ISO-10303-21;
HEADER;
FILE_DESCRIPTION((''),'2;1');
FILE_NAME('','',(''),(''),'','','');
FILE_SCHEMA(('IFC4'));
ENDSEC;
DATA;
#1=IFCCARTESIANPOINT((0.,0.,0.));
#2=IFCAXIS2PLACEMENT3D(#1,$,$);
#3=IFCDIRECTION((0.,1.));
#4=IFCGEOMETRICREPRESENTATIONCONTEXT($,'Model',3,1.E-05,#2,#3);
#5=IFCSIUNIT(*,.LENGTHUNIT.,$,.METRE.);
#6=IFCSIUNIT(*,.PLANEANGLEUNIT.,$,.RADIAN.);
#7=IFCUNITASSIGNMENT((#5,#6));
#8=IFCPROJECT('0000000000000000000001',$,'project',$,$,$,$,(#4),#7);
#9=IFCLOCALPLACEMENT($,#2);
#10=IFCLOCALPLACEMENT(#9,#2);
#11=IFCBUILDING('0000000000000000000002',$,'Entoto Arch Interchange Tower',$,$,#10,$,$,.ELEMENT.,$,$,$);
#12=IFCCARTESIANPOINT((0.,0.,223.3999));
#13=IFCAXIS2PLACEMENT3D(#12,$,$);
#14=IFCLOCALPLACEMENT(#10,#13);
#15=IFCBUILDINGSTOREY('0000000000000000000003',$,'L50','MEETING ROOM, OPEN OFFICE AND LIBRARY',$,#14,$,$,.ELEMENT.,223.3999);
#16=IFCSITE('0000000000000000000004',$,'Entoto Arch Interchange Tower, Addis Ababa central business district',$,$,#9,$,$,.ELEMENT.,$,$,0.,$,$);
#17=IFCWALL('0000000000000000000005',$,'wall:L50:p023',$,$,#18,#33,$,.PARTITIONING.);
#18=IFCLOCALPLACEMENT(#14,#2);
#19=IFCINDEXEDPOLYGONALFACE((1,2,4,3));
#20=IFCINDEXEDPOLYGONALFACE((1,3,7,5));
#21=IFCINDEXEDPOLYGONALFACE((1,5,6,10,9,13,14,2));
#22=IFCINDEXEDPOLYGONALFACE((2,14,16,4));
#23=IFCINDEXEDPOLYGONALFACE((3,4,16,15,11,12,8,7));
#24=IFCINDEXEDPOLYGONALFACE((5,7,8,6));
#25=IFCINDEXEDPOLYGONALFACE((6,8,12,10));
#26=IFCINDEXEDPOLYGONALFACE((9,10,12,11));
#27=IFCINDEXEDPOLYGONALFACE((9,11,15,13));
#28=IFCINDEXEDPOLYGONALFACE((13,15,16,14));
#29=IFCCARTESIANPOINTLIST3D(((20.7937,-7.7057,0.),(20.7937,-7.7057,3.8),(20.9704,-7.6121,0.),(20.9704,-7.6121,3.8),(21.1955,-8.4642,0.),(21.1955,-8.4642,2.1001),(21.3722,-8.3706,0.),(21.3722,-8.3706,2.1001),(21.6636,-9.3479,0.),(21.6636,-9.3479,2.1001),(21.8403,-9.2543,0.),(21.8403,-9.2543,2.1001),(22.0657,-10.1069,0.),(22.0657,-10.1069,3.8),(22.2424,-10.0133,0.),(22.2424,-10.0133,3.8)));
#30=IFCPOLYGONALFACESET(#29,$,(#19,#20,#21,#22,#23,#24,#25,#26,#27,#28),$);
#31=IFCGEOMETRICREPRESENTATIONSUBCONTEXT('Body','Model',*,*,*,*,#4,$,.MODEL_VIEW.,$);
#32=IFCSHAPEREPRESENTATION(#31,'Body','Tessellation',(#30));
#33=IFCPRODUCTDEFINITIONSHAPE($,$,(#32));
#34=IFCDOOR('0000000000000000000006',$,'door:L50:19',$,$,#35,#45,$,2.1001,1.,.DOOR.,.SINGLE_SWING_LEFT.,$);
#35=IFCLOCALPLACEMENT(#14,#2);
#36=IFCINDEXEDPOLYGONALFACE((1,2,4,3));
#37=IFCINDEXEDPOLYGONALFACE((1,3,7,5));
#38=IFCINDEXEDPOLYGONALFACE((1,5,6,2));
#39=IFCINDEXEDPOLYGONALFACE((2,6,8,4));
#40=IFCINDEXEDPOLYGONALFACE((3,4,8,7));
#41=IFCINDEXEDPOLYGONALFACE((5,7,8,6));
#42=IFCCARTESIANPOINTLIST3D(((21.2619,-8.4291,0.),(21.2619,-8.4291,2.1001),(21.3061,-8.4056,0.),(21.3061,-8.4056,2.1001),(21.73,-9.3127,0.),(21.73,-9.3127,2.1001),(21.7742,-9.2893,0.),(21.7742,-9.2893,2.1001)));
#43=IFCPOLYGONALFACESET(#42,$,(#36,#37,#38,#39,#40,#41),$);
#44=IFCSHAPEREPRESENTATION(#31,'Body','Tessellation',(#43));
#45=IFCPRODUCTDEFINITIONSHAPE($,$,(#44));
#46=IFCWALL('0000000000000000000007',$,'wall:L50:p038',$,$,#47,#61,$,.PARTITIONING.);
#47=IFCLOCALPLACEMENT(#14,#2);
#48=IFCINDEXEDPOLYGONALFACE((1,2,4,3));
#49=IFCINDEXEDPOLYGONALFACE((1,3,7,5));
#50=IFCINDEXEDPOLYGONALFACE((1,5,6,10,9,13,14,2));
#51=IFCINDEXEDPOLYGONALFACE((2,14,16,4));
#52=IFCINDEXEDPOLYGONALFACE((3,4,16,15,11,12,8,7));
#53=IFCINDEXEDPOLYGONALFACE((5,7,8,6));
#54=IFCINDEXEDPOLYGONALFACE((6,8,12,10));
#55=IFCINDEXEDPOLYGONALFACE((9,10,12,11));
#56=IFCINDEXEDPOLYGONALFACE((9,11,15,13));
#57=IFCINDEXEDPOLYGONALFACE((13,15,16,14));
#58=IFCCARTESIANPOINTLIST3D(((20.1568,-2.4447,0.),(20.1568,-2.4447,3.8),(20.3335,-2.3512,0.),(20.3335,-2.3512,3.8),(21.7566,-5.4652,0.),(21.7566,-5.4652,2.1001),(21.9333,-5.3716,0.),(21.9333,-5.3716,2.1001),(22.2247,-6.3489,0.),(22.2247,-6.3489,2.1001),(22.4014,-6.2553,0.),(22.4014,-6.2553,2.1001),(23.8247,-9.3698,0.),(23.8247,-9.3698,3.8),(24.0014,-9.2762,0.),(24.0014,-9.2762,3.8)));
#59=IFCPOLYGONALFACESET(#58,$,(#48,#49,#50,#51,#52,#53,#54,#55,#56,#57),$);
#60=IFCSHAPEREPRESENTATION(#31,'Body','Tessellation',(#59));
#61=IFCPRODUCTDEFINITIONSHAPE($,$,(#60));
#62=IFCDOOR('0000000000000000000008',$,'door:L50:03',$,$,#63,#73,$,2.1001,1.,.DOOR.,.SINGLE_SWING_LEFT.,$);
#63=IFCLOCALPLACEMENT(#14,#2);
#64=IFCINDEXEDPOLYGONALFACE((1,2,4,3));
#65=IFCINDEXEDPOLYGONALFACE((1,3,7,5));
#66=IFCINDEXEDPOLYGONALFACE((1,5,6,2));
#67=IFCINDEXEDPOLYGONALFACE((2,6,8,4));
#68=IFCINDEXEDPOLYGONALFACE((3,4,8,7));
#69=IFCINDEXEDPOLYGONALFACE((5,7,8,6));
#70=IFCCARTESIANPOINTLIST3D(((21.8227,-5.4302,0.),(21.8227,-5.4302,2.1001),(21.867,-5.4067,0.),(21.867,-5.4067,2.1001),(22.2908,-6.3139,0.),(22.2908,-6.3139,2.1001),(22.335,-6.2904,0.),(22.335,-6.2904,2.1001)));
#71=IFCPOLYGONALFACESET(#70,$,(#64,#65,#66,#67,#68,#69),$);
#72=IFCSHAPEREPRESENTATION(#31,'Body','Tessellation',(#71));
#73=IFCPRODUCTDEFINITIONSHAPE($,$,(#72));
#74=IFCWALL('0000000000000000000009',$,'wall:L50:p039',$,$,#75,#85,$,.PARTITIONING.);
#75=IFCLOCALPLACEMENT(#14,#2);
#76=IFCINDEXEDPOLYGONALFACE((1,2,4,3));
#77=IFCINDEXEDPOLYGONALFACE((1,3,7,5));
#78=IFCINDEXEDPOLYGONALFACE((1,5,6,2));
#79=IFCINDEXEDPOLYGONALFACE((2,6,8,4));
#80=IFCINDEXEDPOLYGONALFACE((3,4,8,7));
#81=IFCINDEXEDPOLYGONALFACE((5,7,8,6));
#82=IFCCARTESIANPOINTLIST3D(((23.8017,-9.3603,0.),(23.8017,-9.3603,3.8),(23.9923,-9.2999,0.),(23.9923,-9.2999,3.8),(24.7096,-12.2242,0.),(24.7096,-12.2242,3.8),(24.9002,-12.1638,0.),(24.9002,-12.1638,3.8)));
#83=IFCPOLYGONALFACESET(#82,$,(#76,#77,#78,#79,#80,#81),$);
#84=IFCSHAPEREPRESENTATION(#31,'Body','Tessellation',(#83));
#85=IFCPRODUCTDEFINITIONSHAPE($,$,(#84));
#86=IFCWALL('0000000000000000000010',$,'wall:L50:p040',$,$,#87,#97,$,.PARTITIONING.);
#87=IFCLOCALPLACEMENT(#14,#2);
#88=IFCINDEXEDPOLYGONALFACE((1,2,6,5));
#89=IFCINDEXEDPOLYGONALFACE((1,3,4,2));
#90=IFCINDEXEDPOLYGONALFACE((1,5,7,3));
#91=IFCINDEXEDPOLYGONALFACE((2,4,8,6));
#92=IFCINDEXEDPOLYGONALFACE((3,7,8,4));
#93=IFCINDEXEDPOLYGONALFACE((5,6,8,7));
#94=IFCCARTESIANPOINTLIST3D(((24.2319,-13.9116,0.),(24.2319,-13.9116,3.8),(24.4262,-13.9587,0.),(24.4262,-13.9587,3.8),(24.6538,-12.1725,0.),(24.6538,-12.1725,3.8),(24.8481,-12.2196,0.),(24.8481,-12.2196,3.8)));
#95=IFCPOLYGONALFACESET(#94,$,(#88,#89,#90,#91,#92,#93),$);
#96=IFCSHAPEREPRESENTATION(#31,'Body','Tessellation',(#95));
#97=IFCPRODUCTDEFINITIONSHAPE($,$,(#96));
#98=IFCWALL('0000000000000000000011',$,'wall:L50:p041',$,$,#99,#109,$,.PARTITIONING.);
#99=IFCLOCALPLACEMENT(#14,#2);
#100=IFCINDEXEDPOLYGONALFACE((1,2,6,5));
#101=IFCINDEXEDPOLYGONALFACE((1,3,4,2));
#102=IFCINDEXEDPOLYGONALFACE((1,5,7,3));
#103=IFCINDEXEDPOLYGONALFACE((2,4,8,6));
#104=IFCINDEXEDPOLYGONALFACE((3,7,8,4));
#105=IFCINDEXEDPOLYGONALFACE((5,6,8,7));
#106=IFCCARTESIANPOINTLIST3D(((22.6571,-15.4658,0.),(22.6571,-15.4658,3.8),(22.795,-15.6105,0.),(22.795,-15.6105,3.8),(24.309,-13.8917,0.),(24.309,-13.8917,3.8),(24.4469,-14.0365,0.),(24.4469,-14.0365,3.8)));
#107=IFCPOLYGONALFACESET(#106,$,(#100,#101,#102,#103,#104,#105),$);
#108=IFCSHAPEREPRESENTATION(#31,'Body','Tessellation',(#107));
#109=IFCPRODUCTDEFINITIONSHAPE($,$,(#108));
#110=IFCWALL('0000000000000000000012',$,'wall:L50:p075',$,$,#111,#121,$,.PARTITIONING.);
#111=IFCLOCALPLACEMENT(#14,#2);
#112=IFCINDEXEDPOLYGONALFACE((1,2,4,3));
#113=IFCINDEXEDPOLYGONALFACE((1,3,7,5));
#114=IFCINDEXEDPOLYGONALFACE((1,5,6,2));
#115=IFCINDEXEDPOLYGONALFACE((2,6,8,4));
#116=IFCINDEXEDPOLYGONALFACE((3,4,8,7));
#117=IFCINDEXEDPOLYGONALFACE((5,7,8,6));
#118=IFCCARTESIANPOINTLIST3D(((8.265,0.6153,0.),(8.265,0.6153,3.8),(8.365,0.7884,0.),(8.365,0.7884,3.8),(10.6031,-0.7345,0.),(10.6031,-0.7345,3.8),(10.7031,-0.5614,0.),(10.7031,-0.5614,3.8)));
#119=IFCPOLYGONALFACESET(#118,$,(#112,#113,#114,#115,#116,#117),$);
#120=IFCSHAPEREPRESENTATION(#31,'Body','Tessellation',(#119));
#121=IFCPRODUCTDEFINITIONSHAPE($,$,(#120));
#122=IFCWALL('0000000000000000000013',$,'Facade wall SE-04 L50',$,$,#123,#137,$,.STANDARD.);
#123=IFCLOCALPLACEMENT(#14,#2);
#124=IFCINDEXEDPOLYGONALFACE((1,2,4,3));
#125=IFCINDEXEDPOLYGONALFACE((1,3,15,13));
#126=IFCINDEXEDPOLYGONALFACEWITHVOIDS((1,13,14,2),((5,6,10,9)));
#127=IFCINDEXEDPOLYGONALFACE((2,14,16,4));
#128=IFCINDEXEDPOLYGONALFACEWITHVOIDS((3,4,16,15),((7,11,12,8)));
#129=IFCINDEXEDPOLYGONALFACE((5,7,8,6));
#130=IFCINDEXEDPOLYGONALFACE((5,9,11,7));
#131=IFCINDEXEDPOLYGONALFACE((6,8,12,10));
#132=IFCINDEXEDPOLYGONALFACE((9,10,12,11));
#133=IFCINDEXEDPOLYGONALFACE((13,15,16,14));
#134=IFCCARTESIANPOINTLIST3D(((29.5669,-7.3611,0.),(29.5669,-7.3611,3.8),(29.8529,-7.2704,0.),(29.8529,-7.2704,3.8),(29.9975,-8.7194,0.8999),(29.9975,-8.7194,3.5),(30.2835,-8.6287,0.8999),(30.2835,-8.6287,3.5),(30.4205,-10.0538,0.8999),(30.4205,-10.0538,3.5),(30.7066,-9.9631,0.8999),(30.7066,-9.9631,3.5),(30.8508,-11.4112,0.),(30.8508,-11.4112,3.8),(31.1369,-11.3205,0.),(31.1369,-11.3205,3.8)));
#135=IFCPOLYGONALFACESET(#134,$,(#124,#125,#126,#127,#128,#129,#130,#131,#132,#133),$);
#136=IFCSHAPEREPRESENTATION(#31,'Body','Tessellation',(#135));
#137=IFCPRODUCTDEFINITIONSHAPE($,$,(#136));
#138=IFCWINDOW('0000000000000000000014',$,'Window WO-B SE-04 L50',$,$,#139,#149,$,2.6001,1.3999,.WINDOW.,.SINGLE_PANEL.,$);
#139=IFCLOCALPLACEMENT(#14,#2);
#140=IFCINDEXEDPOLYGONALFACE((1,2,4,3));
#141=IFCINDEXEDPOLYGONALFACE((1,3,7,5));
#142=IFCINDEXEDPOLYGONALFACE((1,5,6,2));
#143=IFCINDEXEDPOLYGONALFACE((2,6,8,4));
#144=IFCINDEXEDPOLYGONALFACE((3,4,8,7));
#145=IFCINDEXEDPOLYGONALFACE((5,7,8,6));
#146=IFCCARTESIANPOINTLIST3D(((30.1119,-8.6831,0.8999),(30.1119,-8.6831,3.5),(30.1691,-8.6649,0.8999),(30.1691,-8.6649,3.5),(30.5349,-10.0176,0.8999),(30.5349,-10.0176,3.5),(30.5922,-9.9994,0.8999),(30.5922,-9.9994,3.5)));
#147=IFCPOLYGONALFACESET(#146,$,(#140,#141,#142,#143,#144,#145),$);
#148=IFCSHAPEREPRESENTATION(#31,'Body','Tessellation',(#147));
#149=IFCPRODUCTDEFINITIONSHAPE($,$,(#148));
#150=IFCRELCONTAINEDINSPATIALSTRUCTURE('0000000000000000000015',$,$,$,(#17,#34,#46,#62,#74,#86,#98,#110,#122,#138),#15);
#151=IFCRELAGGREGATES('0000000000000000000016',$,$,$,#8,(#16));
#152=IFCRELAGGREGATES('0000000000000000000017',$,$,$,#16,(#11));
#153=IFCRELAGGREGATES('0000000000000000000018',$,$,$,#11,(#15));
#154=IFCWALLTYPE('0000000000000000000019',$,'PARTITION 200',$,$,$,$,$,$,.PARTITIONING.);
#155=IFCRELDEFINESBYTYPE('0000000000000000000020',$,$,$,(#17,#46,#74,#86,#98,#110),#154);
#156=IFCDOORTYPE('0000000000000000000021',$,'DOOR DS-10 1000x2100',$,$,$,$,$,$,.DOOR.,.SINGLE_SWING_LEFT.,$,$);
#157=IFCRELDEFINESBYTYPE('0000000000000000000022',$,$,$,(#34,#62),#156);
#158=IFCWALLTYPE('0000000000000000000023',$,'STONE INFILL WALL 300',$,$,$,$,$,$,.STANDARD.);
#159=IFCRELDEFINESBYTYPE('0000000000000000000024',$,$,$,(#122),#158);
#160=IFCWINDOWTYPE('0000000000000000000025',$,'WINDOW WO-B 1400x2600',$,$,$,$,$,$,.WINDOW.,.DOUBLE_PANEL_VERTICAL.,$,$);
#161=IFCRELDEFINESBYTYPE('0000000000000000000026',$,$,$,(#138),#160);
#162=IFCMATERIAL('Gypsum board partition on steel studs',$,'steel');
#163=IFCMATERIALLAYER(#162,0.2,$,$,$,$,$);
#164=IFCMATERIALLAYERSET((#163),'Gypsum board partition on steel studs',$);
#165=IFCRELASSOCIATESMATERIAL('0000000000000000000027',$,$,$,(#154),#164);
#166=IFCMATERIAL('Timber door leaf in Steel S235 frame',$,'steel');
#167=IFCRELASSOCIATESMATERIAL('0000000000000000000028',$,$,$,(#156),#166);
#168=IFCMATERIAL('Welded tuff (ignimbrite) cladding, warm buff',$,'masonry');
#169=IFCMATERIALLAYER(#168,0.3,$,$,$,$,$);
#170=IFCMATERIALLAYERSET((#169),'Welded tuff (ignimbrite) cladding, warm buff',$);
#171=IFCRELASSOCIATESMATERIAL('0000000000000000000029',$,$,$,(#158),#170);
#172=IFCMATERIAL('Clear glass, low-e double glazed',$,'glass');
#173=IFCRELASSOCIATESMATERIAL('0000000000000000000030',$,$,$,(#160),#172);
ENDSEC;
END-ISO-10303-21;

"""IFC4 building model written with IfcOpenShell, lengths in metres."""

from ifc_helpers import new_model, si_unit, direction, frame, frame_2d, origin, place, context, subcontext, project, spatial, rectangle, extrude, material, layer, layer_set, type_object, element, fill, save


model = new_model("IFC4")

# Units and contexts
model_context = context("Model", 3, precision=1e-05, world=origin(), true_north=direction((0.0, 1.0)))
body_context = subcontext(model_context, "Body", "Model", "MODEL_VIEW")
ifc_project = project(units=[si_unit("LENGTHUNIT", "METRE"), si_unit("PLANEANGLEUNIT", "RADIAN")], contexts=[model_context])

# Site, building, storey
site_placement = place(None, origin())
site = spatial("IfcSite", under=ifc_project, at=site_placement, Name="Entoto Arch Interchange Tower, Addis Ababa central business district", CompositionType="ELEMENT", RefElevation=0.0)
building_placement = place(site_placement, origin())
building = spatial("IfcBuilding", under=site, at=building_placement, Name="Entoto Arch Interchange Tower", CompositionType="ELEMENT")
storey_placement = place(building_placement, frame((0.0, 0.0, 223.3999)))
storey = spatial("IfcBuildingStorey", under=building, at=storey_placement, Name="L50", Description="MEETING ROOM, OPEN OFFICE AND LIBRARY", CompositionType="ELEMENT", Elevation=223.3999)

# Shared definitions
ifc_material_1 = material(Name="Gypsum board partition on steel studs", Category="steel")
ifc_layer_1 = layer(ifc_material_1, 0.2)
ifc_layer_set_1 = layer_set([ifc_layer_1], Name="Gypsum board partition on steel studs")
wall_type_1 = type_object("IfcWallType", Name="PARTITION 200", PredefinedType="PARTITIONING", material=ifc_layer_set_1)

# Shared definitions
ifc_material_2 = material(Name="Timber door leaf in Steel S235 frame", Category="steel")
door_type = type_object("IfcDoorType", Name="DOOR DS-10 1000x2100", OperationType="SINGLE_SWING_LEFT", PredefinedType="DOOR", material=ifc_material_2)

# Walls, openings, doors
wall_1_placement = place(storey_placement, frame((22.1541, -10.0601, 0.0), z_axis=(0.0, 0.0, 1.0), x_axis=(-0.468115, 0.883668, 0.0)))
wall_1 = element("IfcWall", 1, at=wall_1_placement, inside=storey, type_object=wall_type_1, Name="wall:L50:p023", PredefinedType="PARTITIONING", context=body_context, shape_type="SweptSolid", body=[
    extrude(rectangle(XDim=2.7173, YDim=0.2, at=frame_2d((1.3586, 0.0))), origin(), (0.0, 0.0, 1.0), 3.8),
])
opening_1_placement = place(wall_1_placement, frame((0.8589, 0.0, 0.0)))
opening_1 = element("IfcOpeningElement", 2, at=opening_1_placement, cuts=wall_1, PredefinedType="OPENING", context=body_context, shape_type="SweptSolid", body=[
    extrude(rectangle(XDim=1.0, YDim=2.1001, at=frame_2d((0.5, 1.05))), frame((0.0, 0.1099, 0.0), z_axis=(0.0, -1.0, 0.0), x_axis=(1.0, 0.0, 0.0)), (0.0, 0.0, 1.0), 0.22),
])
door_1_placement = place(opening_1_placement, origin())
door_1 = element("IfcDoor", 3, at=door_1_placement, inside=storey, type_object=door_type, Name="door:L50:19", OperationType="SINGLE_SWING_LEFT", OverallHeight=2.1001, OverallWidth=1.0, PredefinedType="DOOR", context=body_context, shape_type="SweptSolid", body=[
    extrude(rectangle(XDim=1.0, YDim=2.1001, at=frame_2d((0.5, 1.05))), frame((0.0, 0.0249, 0.0), z_axis=(0.0, -1.0, 0.0), x_axis=(1.0, 0.0, 0.0)), (0.0, 0.0, 1.0), 0.05),
])
fill(opening_1, door_1)
wall_2_placement = place(storey_placement, frame((20.2451, -2.3979, 0.0), z_axis=(0.0, 0.0, 1.0), x_axis=(0.468064, -0.883695, 0.0)))
wall_2 = element("IfcWall", 4, at=wall_2_placement, inside=storey, type_object=wall_type_1, Name="wall:L50:p038", PredefinedType="PARTITIONING", context=body_context, shape_type="SweptSolid", body=[
    extrude(rectangle(XDim=7.8364, YDim=0.2, at=frame_2d((3.9182, 0.0))), origin(), (0.0, 0.0, 1.0), 3.8),
])
opening_2_placement = place(wall_2_placement, frame((3.418, 0.0, 0.0)))
opening_2 = element("IfcOpeningElement", 5, at=opening_2_placement, cuts=wall_2, PredefinedType="OPENING", context=body_context, shape_type="SweptSolid", body=[
    extrude(rectangle(XDim=1.0, YDim=2.1001, at=frame_2d((0.5, 1.05))), frame((0.0, 0.1099, 0.0), z_axis=(0.0, -1.0, 0.0), x_axis=(1.0, 0.0, 0.0)), (0.0, 0.0, 1.0), 0.22),
])
door_2_placement = place(opening_2_placement, origin())
door_2 = element("IfcDoor", 6, at=door_2_placement, inside=storey, type_object=door_type, Name="door:L50:03", OperationType="SINGLE_SWING_LEFT", OverallHeight=2.1001, OverallWidth=1.0, PredefinedType="DOOR", context=body_context, shape_type="SweptSolid", body=[
    extrude(rectangle(XDim=1.0, YDim=2.1001, at=frame_2d((0.5, 1.05))), frame((0.0, 0.0249, 0.0), z_axis=(0.0, -1.0, 0.0), x_axis=(1.0, 0.0, 0.0)), (0.0, 0.0, 1.0), 0.05),
])
fill(opening_2, door_2)

# Walls
wall_3_placement = place(storey_placement, frame((23.897, -9.3301, 0.0), z_axis=(0.0, 0.0, 1.0), x_axis=(0.302201, -0.953244, 0.0)))
element("IfcWall", 7, at=wall_3_placement, inside=storey, type_object=wall_type_1, Name="wall:L50:p039", PredefinedType="PARTITIONING", context=body_context, shape_type="SweptSolid", body=[
    extrude(rectangle(XDim=3.0044, YDim=0.2, at=frame_2d((1.5022, 0.0))), origin(), (0.0, 0.0, 1.0), 3.8),
])
wall_4_placement = place(storey_placement, frame((24.751, -12.196, 0.0), z_axis=(0.0, 0.0, 1.0), x_axis=(-0.235756, -0.971812, 0.0)))
element("IfcWall", 8, at=wall_4_placement, inside=storey, type_object=wall_type_1, Name="wall:L50:p040", PredefinedType="PARTITIONING", context=body_context, shape_type="SweptSolid", body=[
    extrude(rectangle(XDim=1.7896, YDim=0.2, at=frame_2d((0.8948, 0.0))), origin(), (0.0, 0.0, 1.0), 3.8),
])
wall_5_placement = place(storey_placement, frame((24.3779, -13.9641, 0.0), z_axis=(0.0, 0.0, 1.0), x_axis=(-0.723967, -0.689834, 0.0)))
element("IfcWall", 9, at=wall_5_placement, inside=storey, type_object=wall_type_1, Name="wall:L50:p041", PredefinedType="PARTITIONING", context=body_context, shape_type="SweptSolid", body=[
    extrude(rectangle(XDim=2.2817, YDim=0.2, at=frame_2d((1.1409, 0.0))), origin(), (0.0, 0.0, 1.0), 3.8),
])
wall_6_placement = place(storey_placement, frame((10.6531, -0.6479, 0.0), z_axis=(0.0, 0.0, 1.0), x_axis=(-0.866037, 0.499981, 0.0)))
element("IfcWall", 10, at=wall_6_placement, inside=storey, type_object=wall_type_1, Name="wall:L50:p075", PredefinedType="PARTITIONING", context=body_context, shape_type="SweptSolid", body=[
    extrude(rectangle(XDim=2.6997, YDim=0.2, at=frame_2d((1.3499, 0.0))), origin(), (0.0, 0.0, 1.0), 3.8),
])

# Wall, opening, window
ifc_material_3 = material(Name="Welded tuff (ignimbrite) cladding, warm buff", Category="masonry")
ifc_layer_2 = layer(ifc_material_3, 0.3)
ifc_layer_set_2 = layer_set([ifc_layer_2], Name="Welded tuff (ignimbrite) cladding, warm buff")
wall_type_2 = type_object("IfcWallType", Name="STONE INFILL WALL 300", PredefinedType="STANDARD", material=ifc_layer_set_2)
wall_7_placement = place(storey_placement, frame((30.9939, -11.366, 0.0), z_axis=(0.0, 0.0, 1.0), x_axis=(-0.302195, 0.953246, 0.0)))
wall_7 = element("IfcWall", 11, at=wall_7_placement, inside=storey, type_object=wall_type_2, Name="Facade wall SE-04 L50", PredefinedType="STANDARD", context=body_context, shape_type="SweptSolid", body=[
    extrude(rectangle(XDim=4.2488, YDim=0.3, at=frame_2d((2.1245, 0.0))), origin(), (0.0, 0.0, 1.0), 3.8),
])
opening_3_placement = place(wall_7_placement, frame((1.4241, 0.0, 0.8999)))
opening_3 = element("IfcOpeningElement", 12, at=opening_3_placement, cuts=wall_7, PredefinedType="OPENING", context=body_context, shape_type="SweptSolid", body=[
    extrude(rectangle(XDim=1.3999, YDim=2.6001, at=frame_2d((0.7, 1.3))), frame((0.0, 0.1602, 0.0), z_axis=(0.0, -1.0, 0.0), x_axis=(1.0, 0.0, 0.0)), (0.0, 0.0, 1.0), 0.3201),
])
ifc_material_4 = material(Name="Clear glass, low-e double glazed", Category="glass")
window_type_1 = type_object("IfcWindowType", Name="WINDOW WO-B 1400x2600", PartitioningType="DOUBLE_PANEL_VERTICAL", PredefinedType="WINDOW", material=ifc_material_4)
window_1_placement = place(opening_3_placement, origin())
window_1 = element("IfcWindow", 13, at=window_1_placement, inside=storey, type_object=window_type_1, Name="Window WO-B SE-04 L50", OverallHeight=2.6001, OverallWidth=1.3999, PartitioningType="SINGLE_PANEL", PredefinedType="WINDOW", context=body_context, shape_type="SweptSolid", body=[
    extrude(rectangle(XDim=1.3999, YDim=2.6001, at=frame_2d((0.7, 1.3))), frame((0.0, 0.03, 0.0), z_axis=(0.0, -1.0, 0.0), x_axis=(1.0, 0.0, 0.0)), (0.0, 0.0, 1.0), 0.0601),
])
fill(opening_3, window_1)

save(model, "model.ifc")
